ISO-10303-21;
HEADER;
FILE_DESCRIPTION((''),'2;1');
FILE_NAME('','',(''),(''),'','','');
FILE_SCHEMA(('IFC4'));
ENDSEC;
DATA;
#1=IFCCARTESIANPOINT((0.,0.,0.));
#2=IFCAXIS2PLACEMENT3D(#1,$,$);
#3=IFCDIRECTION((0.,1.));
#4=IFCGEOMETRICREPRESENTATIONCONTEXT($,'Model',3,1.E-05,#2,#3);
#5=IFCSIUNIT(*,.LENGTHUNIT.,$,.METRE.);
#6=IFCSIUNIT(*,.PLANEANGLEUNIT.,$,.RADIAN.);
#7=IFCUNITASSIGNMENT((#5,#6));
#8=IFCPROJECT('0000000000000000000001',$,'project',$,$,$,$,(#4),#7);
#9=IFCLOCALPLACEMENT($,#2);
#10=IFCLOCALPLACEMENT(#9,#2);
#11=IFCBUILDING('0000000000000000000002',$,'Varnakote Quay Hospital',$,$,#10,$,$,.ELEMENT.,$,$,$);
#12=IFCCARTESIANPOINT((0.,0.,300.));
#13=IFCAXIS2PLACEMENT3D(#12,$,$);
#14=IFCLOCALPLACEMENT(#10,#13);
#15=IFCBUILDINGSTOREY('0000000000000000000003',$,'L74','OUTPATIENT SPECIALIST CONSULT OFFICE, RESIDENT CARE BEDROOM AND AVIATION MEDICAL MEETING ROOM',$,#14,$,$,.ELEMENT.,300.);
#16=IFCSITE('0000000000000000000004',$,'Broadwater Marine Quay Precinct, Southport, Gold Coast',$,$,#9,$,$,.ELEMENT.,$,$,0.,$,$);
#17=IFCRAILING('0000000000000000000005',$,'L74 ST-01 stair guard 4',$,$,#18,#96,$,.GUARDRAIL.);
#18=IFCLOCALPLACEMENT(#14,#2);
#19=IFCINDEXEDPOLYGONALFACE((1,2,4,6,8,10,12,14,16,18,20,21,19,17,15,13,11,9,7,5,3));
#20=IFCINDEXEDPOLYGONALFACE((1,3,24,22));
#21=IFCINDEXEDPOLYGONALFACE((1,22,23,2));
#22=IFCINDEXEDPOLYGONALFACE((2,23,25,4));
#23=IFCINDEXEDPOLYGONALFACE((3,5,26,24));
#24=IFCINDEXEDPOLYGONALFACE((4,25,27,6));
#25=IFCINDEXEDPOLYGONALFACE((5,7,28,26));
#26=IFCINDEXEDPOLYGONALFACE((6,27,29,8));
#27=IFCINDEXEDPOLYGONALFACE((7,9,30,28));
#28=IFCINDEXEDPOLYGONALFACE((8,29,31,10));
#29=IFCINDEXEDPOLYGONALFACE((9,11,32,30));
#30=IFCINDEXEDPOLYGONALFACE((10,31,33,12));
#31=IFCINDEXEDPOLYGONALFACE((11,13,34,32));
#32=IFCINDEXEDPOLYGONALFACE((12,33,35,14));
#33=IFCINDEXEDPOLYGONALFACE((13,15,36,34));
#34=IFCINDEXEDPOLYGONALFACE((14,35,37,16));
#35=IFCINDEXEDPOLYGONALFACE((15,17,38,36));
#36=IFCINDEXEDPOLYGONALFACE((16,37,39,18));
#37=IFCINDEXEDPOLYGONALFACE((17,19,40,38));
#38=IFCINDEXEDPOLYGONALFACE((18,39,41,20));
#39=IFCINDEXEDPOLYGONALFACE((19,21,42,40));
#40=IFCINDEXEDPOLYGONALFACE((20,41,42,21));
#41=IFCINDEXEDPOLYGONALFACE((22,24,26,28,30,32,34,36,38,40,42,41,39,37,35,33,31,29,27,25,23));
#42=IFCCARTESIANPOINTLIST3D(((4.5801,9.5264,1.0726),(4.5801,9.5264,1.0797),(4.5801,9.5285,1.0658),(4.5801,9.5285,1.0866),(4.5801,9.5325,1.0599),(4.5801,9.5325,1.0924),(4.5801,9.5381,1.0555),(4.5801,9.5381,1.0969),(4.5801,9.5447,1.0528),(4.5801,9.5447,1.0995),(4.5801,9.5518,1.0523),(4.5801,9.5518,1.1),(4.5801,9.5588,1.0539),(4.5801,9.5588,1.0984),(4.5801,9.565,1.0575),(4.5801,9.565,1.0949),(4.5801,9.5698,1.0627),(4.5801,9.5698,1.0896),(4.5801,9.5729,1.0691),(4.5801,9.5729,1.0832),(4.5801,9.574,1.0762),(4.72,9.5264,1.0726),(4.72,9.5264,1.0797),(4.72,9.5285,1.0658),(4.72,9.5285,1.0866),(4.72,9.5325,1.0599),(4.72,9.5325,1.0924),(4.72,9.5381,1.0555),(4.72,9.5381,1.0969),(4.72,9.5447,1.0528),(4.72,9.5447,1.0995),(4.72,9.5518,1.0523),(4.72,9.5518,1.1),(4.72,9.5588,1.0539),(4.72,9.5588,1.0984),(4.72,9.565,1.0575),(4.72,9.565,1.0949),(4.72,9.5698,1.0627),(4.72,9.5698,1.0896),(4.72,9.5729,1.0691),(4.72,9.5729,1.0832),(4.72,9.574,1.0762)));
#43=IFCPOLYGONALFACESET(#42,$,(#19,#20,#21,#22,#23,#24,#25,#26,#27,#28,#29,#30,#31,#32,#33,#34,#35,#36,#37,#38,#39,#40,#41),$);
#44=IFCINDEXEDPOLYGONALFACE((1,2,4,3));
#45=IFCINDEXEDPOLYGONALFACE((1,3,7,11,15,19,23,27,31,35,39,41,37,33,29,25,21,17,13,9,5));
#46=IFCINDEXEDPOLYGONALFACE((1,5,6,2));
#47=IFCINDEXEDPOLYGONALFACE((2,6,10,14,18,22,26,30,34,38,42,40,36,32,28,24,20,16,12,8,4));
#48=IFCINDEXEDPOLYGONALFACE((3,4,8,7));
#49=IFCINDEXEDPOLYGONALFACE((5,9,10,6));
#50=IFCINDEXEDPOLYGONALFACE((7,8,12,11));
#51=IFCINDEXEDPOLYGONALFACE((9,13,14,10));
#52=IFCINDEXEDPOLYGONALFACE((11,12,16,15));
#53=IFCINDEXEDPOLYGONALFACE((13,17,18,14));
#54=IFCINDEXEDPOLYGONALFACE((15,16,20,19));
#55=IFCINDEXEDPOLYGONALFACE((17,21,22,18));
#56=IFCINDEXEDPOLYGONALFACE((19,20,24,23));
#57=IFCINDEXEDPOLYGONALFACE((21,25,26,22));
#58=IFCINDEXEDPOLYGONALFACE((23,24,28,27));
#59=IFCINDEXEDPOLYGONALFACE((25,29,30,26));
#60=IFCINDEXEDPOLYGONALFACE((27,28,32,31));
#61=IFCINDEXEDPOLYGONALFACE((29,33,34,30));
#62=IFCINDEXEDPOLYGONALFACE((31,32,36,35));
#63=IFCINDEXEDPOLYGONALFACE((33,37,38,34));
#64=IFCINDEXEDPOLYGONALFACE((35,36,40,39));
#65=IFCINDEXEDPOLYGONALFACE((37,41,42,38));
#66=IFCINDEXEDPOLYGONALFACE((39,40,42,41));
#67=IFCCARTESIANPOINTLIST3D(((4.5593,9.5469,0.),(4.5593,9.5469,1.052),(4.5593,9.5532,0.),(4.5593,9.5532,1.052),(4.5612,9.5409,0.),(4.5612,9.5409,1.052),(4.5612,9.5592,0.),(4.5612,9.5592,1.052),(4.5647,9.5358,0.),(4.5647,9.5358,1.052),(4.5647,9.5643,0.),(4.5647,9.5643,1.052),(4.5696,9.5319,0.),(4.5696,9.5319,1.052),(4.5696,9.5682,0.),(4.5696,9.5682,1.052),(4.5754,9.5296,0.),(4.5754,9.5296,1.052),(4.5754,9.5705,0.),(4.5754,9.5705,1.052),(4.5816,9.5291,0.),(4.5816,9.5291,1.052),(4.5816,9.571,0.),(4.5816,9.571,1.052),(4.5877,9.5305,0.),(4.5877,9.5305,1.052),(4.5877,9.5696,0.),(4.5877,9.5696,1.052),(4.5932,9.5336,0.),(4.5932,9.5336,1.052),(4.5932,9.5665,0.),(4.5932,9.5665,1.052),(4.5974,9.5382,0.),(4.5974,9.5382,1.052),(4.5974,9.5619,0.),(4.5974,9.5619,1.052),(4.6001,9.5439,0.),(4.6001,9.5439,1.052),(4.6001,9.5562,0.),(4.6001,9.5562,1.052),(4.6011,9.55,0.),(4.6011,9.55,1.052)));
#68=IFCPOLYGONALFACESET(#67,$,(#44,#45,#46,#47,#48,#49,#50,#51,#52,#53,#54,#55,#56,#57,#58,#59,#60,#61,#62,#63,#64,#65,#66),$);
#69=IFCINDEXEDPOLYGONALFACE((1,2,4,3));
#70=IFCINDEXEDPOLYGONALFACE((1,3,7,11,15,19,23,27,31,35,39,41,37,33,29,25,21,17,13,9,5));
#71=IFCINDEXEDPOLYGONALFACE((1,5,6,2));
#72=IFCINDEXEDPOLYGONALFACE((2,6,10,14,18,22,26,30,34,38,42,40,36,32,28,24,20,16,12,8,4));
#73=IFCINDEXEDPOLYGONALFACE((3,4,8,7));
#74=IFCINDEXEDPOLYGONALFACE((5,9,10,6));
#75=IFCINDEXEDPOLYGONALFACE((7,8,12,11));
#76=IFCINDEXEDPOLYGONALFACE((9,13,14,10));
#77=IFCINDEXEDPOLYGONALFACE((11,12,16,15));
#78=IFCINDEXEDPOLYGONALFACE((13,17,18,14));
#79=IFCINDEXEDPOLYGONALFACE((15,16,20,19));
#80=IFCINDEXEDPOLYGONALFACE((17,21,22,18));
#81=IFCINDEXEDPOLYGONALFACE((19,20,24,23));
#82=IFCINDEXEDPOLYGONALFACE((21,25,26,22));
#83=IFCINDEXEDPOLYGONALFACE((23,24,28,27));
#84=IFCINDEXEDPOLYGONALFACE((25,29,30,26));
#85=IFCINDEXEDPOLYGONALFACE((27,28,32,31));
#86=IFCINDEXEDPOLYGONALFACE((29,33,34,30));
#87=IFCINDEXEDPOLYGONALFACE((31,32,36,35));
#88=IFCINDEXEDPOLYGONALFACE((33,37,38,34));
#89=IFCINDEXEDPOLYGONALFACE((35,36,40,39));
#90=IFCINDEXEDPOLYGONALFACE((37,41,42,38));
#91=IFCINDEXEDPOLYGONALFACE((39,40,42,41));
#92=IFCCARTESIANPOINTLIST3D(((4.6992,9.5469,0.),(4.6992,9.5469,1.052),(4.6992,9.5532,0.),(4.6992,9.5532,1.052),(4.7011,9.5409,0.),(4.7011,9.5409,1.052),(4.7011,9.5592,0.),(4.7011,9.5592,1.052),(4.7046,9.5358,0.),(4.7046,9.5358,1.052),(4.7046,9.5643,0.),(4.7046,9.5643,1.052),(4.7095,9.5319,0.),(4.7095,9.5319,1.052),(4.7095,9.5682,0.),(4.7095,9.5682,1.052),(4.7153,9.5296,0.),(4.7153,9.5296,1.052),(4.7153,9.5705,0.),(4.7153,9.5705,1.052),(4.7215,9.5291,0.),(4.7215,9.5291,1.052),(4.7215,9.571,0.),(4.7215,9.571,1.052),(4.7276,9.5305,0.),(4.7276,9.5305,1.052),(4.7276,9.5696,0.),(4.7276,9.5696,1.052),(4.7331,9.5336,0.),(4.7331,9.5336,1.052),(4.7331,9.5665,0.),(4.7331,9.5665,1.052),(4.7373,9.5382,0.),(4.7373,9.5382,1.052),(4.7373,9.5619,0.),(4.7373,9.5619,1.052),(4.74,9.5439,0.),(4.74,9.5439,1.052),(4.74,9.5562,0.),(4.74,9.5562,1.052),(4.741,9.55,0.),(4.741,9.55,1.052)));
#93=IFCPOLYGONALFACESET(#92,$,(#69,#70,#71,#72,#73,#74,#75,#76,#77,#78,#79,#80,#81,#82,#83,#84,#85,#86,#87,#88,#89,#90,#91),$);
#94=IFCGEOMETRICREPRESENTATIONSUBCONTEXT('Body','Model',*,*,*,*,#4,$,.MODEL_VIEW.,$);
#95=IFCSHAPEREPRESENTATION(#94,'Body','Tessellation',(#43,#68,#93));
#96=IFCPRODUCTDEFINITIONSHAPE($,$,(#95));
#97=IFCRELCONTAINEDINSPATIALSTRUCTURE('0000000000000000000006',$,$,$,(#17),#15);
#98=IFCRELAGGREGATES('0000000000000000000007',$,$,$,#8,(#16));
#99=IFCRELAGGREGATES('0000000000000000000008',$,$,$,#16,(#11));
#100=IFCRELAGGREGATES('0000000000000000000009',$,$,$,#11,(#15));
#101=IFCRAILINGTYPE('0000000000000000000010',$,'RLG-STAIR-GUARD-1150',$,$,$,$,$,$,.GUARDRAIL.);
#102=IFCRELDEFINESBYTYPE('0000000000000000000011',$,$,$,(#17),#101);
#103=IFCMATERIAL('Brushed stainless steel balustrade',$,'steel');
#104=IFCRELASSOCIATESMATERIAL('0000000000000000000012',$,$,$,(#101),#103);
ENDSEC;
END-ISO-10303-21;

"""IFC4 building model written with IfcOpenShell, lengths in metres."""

from ifc_helpers import new_model, si_unit, direction, frame, origin, origin_2d, place, context, subcontext, project, spatial, circle, extrude, material, type_object, element, save


model = new_model("IFC4")

# Units and contexts
model_context = context("Model", 3, precision=1e-05, world=origin(), true_north=direction((0.0, 1.0)))
body_context = subcontext(model_context, "Body", "Model", "MODEL_VIEW")
ifc_project = project(units=[si_unit("LENGTHUNIT", "METRE"), si_unit("PLANEANGLEUNIT", "RADIAN")], contexts=[model_context])

# Site, building, storey
site_placement = place(None, origin())
site = spatial("IfcSite", under=ifc_project, at=site_placement, Name="Broadwater Marine Quay Precinct, Southport, Gold Coast", CompositionType="ELEMENT", RefElevation=0.0)
building_placement = place(site_placement, origin())
building = spatial("IfcBuilding", under=site, at=building_placement, Name="Varnakote Quay Hospital", CompositionType="ELEMENT")
storey_placement = place(building_placement, frame((0.0, 0.0, 300.0)))
storey = spatial("IfcBuildingStorey", under=building, at=storey_placement, Name="L74", Description="OUTPATIENT SPECIALIST CONSULT OFFICE, RESIDENT CARE BEDROOM AND AVIATION MEDICAL MEETING ROOM", CompositionType="ELEMENT", Elevation=300.0)

# Railing
ifc_material_1 = material(Name="Brushed stainless steel balustrade", Category="steel")
railing_type_1 = type_object("IfcRailingType", Name="RLG-STAIR-GUARD-1150", PredefinedType="GUARDRAIL", material=ifc_material_1)
railing_1_placement = place(storey_placement, frame((4.5801, 9.55, 0.0)))
element("IfcRailing", 1, at=railing_1_placement, inside=storey, type_object=railing_type_1, Name="L74 ST-01 stair guard 4", PredefinedType="GUARDRAIL", context=body_context, shape_type="SweptSolid", body=[
    extrude(circle(Radius=0.0239, at=origin_2d()), frame((0.0, 0.0, 1.0762), z_axis=(1.0, 0.0, 0.0), x_axis=(0.0, 1.0, 0.0)), (0.0, 0.0, 1.0), 0.1399),
    extrude(circle(Radius=0.021, at=origin_2d()), origin(), (0.0, 0.0, 1.0), 1.052),
    extrude(circle(Radius=0.021, at=origin_2d()), frame((0.1399, 0.0, 0.0)), (0.0, 0.0, 1.0), 1.052),
])

save(model, "model.ifc")
